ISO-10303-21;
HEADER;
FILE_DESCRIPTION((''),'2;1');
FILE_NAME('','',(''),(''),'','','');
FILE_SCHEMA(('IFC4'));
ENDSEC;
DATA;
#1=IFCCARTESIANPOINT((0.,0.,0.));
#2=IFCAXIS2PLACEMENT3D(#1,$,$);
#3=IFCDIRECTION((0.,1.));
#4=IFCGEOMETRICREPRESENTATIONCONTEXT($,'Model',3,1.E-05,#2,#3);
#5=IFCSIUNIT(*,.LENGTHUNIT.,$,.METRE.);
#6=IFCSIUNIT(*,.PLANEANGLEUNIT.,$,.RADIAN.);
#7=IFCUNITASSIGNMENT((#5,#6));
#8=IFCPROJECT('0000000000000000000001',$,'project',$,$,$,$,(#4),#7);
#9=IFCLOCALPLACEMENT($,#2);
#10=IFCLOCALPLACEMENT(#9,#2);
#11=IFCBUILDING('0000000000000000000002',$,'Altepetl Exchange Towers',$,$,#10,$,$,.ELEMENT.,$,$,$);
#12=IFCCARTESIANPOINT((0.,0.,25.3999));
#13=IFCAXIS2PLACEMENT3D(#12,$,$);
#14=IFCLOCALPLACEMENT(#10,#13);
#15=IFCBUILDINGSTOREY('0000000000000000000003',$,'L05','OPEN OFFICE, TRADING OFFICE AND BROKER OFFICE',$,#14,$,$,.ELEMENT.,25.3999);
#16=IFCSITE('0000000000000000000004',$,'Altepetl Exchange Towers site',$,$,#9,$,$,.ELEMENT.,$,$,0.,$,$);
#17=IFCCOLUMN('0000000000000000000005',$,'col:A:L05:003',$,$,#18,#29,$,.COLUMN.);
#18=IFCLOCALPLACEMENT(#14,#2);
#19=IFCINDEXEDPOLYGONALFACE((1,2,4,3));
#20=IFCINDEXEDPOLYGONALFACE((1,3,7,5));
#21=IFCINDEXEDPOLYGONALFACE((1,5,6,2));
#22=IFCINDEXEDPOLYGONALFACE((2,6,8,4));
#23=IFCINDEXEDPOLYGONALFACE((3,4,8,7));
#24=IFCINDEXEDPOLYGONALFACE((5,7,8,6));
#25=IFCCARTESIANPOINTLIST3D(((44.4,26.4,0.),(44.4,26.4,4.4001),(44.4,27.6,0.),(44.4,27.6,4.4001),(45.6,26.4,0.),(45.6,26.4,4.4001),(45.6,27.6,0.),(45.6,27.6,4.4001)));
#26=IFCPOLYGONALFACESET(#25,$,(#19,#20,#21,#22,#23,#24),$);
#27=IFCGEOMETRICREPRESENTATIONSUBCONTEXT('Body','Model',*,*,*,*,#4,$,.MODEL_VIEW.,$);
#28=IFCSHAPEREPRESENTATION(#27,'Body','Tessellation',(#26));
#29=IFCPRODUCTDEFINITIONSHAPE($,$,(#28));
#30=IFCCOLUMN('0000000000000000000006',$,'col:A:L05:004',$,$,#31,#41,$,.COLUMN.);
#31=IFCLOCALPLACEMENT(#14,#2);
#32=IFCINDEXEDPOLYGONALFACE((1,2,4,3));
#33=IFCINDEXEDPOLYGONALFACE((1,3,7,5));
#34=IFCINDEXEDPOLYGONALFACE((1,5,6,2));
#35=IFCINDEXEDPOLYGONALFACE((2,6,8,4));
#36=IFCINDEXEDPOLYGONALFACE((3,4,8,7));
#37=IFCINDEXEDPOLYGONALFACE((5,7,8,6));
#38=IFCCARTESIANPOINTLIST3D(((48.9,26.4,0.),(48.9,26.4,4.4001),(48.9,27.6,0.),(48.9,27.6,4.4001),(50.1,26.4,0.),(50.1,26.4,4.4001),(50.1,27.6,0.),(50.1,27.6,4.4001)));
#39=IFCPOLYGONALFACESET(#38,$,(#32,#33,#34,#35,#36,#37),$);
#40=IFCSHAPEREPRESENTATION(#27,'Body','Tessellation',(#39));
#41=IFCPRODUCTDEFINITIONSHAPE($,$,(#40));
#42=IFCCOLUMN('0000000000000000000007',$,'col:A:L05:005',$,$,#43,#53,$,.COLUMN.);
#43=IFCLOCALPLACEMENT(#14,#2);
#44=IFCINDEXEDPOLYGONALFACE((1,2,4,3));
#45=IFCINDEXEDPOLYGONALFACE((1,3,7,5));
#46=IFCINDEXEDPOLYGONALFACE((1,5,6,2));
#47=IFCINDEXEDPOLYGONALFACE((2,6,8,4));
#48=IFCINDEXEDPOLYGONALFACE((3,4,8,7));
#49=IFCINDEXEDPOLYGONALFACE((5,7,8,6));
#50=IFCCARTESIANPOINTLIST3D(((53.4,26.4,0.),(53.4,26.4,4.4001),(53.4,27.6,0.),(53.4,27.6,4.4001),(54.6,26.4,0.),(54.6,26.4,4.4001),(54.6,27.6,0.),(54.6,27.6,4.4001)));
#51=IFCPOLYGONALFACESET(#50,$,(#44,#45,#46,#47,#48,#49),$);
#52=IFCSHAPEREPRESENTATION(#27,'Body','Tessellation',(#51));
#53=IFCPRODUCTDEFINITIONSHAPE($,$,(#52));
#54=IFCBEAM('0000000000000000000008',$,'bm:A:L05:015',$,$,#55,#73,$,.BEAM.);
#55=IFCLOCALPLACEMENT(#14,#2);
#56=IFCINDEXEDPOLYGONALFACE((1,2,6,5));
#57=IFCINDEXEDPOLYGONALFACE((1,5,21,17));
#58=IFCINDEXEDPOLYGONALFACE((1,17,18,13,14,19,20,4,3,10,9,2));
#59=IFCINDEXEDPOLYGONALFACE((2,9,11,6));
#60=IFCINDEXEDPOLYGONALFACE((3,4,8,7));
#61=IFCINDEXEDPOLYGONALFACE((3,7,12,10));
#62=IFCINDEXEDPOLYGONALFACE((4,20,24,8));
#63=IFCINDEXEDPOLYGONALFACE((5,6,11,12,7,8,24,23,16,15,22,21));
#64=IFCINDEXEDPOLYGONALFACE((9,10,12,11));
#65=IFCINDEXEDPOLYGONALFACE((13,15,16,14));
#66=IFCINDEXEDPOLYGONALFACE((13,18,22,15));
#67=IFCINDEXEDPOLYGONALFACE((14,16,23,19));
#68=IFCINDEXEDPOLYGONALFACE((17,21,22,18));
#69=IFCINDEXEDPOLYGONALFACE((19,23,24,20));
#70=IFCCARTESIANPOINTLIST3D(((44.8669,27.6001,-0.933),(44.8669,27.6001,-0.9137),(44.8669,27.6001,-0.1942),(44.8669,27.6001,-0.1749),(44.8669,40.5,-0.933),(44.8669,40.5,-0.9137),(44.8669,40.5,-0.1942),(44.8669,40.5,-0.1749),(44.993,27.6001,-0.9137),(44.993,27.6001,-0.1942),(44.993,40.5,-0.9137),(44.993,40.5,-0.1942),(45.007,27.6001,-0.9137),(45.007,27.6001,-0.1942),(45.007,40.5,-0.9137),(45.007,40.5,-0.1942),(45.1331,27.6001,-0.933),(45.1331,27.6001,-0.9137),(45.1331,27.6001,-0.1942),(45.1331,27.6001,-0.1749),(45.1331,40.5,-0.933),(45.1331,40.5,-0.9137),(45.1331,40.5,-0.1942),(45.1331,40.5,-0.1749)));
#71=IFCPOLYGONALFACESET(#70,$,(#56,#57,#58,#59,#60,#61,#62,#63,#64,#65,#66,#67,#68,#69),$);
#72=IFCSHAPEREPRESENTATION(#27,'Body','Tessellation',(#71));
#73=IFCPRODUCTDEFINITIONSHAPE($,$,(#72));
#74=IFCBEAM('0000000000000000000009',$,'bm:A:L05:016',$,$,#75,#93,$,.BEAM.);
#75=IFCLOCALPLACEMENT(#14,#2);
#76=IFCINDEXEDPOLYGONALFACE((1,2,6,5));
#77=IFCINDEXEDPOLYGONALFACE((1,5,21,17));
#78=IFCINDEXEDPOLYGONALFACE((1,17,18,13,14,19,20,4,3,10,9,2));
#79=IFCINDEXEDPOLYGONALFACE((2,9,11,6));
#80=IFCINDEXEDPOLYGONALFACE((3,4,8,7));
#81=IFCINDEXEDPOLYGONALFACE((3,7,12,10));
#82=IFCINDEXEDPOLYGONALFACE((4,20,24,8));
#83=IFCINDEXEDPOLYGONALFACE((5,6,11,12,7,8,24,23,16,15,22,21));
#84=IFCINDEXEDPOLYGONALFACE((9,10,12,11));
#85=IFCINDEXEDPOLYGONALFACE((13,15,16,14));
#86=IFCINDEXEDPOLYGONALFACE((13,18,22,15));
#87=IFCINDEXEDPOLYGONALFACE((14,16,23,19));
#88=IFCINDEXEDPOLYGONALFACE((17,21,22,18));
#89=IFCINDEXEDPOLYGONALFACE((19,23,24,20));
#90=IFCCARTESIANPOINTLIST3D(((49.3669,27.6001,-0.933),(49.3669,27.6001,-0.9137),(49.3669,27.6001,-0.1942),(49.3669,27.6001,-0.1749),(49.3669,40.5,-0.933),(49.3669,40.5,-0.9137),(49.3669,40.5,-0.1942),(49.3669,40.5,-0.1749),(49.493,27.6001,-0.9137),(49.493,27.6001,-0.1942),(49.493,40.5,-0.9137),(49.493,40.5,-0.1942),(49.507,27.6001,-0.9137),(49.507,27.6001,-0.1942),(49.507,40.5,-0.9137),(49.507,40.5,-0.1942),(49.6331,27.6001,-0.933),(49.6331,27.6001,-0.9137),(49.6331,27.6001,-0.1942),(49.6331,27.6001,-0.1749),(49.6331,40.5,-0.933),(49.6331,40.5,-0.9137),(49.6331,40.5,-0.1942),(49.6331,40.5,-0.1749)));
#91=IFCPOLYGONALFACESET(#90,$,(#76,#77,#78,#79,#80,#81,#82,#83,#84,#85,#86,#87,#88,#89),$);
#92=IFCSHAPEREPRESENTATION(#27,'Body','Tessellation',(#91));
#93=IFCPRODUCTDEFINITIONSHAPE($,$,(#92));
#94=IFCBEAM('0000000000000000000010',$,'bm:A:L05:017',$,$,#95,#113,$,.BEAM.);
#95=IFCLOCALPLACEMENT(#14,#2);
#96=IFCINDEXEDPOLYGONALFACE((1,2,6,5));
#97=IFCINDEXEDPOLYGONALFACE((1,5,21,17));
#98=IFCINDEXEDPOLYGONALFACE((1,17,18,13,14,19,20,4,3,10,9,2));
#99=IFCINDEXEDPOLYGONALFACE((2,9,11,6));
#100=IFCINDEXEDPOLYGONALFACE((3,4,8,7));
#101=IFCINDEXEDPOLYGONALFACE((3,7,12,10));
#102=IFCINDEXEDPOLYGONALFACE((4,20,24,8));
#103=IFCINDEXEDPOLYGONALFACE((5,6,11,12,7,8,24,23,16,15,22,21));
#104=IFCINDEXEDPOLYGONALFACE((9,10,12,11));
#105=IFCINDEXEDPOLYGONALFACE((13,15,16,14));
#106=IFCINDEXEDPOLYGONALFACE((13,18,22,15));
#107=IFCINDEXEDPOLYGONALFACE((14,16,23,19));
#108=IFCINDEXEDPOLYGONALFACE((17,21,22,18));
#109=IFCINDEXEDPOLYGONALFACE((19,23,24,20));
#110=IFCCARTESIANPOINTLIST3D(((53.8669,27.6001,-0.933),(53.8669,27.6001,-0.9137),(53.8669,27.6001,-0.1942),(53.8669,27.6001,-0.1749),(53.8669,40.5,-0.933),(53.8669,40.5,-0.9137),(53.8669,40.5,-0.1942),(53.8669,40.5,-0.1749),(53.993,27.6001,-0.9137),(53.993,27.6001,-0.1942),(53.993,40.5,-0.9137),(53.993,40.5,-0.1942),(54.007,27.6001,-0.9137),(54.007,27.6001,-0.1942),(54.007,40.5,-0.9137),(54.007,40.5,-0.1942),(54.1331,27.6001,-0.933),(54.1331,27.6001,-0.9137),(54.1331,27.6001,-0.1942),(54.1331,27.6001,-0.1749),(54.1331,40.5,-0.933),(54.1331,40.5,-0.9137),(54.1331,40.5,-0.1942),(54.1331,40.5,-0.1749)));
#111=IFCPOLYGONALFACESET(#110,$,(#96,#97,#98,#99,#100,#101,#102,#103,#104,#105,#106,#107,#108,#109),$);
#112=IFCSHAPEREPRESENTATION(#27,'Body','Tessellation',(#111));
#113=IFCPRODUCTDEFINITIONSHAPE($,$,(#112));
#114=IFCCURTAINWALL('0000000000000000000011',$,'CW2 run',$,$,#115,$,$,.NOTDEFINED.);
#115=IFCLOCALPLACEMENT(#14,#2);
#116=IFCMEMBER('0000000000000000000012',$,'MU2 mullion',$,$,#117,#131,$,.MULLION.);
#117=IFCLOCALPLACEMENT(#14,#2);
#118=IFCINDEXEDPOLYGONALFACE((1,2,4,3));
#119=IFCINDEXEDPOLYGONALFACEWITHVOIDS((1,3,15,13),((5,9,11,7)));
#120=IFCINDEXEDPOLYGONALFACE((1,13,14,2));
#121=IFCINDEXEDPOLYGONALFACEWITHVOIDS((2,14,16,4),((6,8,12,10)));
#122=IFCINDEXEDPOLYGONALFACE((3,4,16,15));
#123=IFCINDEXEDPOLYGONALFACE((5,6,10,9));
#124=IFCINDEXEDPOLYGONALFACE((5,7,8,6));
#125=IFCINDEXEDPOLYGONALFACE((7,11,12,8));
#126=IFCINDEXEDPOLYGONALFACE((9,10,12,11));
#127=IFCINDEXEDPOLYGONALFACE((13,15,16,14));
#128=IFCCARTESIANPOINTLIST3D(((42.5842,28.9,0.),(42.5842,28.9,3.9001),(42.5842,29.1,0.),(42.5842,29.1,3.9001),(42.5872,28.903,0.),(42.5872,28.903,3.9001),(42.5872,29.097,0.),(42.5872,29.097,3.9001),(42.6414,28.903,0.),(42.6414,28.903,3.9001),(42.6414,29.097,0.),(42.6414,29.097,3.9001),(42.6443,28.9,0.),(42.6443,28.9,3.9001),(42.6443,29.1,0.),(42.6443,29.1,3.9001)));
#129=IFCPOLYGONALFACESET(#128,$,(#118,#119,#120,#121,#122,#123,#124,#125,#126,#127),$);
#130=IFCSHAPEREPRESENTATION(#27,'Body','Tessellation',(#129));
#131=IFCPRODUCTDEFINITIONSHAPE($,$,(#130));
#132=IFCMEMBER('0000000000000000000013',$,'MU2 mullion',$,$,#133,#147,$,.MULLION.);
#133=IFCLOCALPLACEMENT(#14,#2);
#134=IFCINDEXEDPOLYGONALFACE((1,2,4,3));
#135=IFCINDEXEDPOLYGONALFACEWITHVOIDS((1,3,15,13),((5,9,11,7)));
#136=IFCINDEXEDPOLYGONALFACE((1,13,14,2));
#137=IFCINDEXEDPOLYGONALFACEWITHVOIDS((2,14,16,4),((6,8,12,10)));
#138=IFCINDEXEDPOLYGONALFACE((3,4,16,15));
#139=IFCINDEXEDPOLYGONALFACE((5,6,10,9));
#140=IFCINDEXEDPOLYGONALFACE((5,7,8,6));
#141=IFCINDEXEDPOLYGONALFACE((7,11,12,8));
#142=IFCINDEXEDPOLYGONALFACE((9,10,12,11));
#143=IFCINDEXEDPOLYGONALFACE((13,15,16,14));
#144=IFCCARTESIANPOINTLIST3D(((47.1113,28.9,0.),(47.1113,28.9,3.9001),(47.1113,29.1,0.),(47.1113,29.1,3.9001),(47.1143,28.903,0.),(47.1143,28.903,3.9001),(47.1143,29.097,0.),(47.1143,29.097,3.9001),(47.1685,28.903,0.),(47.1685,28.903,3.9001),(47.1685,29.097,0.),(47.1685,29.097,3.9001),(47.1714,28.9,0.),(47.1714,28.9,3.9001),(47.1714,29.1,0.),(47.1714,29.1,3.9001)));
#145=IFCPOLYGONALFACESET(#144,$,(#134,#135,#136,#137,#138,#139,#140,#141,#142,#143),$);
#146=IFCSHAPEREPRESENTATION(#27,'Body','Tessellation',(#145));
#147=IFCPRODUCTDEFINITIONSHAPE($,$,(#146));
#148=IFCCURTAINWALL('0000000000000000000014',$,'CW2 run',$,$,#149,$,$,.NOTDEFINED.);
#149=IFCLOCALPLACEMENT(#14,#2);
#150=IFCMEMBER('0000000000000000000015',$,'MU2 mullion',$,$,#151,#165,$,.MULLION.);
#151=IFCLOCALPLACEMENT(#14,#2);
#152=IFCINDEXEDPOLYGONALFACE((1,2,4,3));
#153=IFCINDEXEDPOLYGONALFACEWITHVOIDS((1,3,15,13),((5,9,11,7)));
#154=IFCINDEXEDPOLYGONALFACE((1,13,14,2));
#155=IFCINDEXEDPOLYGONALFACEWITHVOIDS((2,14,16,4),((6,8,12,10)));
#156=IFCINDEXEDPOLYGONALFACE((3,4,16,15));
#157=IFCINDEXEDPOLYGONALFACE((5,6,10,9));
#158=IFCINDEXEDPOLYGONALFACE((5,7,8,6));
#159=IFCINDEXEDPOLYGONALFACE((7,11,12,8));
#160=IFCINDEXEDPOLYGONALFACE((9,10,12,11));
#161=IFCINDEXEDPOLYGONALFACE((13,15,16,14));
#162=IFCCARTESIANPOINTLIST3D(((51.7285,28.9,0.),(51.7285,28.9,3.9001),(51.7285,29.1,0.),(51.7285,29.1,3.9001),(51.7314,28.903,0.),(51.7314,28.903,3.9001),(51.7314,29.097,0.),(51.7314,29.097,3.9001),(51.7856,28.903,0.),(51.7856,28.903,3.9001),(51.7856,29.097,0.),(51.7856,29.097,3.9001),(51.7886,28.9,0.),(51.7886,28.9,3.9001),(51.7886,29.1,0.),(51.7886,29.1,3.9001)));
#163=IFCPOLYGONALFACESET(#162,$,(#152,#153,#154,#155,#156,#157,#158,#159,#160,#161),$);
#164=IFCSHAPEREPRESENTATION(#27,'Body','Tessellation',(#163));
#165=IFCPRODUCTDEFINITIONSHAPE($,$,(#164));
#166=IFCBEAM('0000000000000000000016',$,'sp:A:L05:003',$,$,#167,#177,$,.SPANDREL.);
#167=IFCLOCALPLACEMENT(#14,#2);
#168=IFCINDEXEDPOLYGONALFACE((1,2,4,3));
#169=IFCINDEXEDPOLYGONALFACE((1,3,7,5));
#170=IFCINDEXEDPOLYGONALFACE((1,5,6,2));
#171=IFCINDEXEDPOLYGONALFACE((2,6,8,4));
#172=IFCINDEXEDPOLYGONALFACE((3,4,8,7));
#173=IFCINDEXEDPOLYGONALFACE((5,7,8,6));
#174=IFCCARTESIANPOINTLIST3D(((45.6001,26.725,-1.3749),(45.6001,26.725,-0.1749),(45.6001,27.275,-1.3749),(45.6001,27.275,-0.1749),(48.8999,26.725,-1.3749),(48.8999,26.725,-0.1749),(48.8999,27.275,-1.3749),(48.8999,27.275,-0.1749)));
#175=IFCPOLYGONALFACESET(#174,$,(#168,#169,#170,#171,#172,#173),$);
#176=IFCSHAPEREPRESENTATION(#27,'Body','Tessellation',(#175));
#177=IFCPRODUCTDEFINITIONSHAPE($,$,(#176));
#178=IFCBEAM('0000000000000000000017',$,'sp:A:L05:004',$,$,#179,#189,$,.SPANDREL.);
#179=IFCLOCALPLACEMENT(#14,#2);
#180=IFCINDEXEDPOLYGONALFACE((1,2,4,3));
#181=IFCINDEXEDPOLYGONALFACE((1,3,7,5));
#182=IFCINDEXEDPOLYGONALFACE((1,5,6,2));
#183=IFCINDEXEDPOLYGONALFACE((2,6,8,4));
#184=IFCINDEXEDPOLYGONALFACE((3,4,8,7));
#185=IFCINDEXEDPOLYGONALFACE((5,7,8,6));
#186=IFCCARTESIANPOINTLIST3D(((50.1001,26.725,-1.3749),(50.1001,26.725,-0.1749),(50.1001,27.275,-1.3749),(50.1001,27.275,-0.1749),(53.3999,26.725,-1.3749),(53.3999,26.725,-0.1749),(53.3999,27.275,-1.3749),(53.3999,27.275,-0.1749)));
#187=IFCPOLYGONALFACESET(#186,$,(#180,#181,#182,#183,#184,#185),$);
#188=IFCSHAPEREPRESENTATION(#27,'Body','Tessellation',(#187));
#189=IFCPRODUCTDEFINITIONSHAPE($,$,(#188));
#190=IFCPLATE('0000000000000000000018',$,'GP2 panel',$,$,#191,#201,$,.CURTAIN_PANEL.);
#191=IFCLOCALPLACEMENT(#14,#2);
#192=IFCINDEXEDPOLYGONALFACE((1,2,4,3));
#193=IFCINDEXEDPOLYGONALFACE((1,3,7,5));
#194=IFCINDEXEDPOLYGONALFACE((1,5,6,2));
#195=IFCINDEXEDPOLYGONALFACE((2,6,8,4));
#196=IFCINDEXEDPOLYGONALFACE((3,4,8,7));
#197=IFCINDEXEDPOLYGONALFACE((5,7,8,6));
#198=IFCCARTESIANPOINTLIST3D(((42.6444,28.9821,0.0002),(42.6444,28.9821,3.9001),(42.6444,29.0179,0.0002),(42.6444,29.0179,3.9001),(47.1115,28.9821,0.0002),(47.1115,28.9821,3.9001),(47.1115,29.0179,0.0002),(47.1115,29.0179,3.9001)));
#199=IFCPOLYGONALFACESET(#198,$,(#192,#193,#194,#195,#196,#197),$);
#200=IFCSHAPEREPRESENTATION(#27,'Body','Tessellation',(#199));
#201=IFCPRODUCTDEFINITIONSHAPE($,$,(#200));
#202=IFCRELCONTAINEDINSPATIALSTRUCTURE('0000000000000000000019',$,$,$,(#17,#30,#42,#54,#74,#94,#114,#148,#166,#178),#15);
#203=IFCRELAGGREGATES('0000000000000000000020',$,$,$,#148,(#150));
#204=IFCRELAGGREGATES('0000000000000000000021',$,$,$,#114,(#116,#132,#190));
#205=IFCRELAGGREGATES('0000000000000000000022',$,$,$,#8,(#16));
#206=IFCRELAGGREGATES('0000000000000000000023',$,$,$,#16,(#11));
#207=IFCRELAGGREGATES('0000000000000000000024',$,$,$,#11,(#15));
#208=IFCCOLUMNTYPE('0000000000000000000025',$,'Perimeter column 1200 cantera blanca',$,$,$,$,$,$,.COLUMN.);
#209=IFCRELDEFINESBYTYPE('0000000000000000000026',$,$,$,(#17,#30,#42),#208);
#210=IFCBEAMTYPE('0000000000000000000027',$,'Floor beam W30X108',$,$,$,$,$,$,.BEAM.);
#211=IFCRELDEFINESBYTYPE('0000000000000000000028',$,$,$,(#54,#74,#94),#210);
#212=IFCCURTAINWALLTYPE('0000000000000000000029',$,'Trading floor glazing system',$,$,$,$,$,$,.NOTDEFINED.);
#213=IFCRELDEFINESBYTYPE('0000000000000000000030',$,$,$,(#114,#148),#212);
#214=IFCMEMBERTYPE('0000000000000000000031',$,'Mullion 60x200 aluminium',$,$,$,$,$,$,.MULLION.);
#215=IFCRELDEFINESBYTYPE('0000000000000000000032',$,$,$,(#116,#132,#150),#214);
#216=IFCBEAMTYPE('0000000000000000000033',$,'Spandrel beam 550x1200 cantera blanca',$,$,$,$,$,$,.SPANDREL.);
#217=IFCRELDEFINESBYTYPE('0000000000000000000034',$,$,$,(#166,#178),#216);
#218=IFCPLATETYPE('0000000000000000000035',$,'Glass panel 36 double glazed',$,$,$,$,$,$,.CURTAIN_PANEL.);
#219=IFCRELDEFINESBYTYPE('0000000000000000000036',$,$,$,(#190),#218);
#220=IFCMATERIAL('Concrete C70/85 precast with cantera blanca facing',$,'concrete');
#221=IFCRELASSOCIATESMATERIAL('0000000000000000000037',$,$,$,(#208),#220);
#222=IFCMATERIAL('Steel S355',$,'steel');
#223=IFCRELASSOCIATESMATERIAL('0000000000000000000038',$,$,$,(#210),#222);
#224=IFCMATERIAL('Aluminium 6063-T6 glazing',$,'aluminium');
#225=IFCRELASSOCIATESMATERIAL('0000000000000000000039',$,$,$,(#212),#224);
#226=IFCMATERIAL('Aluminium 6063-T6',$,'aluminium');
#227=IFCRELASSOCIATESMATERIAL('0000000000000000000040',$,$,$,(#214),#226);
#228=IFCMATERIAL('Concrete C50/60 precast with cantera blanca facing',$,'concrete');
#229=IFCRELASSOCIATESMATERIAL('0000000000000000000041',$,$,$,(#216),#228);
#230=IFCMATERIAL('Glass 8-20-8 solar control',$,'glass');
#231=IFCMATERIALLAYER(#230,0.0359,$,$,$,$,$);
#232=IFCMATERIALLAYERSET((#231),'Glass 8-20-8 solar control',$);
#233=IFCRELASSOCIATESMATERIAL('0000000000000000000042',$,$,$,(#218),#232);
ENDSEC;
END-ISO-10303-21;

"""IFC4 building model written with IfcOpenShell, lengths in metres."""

from ifc_helpers import new_model, si_unit, direction, frame, origin, origin_2d, place, context, subcontext, project, spatial, rectangle, hollow_rectangle, i_section, extrude, material, layer, layer_set, material_profile, profile_set, type_object, element, aggregate, save


model = new_model("IFC4")

# Units and contexts
model_context = context("Model", 3, precision=1e-05, world=origin(), true_north=direction((0.0, 1.0)))
body_context = subcontext(model_context, "Body", "Model", "MODEL_VIEW")
ifc_project = project(units=[si_unit("LENGTHUNIT", "METRE"), si_unit("PLANEANGLEUNIT", "RADIAN")], contexts=[model_context])

# Site, building, storey
site_placement = place(None, origin())
site = spatial("IfcSite", under=ifc_project, at=site_placement, Name="Altepetl Exchange Towers site", CompositionType="ELEMENT", RefElevation=0.0)
building_placement = place(site_placement, origin())
building = spatial("IfcBuilding", under=site, at=building_placement, Name="Altepetl Exchange Towers", CompositionType="ELEMENT")
storey_placement = place(building_placement, frame((0.0, 0.0, 25.3999)))
storey = spatial("IfcBuildingStorey", under=building, at=storey_placement, Name="L05", Description="OPEN OFFICE, TRADING OFFICE AND BROKER OFFICE", CompositionType="ELEMENT", Elevation=25.3999)

# Columns
ifc_material_1 = material(Name="Concrete C70/85 precast with cantera blanca facing", Category="concrete")
ifc_material_profile_1 = material_profile(ifc_material_1, rectangle(XDim=1.2, YDim=1.2, at=origin_2d()), Name="1200 x 1200")
ifc_profile_set_1 = profile_set([ifc_material_profile_1], Name="Concrete C70/85 precast with cantera blanca facing")
column_type = type_object("IfcColumnType", Name="Perimeter column 1200 cantera blanca", PredefinedType="COLUMN", material=ifc_profile_set_1)
for number, where, name in (
    (1, (45.0, 27.0, 0.0), "col:A:L05:003"),
    (2, (49.5, 27.0, 0.0), "col:A:L05:004"),
    (3, (54.0, 27.0, 0.0), "col:A:L05:005"),
):
    element("IfcColumn", number, at=place(storey_placement, frame(where)), inside=storey, type_object=column_type, Name=name, PredefinedType="COLUMN", context=body_context, shape_type="SweptSolid", body=[
        extrude(rectangle(XDim=1.2, YDim=1.2, at=origin_2d()), origin(), (0.0, 0.0, 1.0), 4.4001),
    ])

# Beams
ifc_material_2 = material(Name="Steel S355", Category="steel")
ifc_material_profile_2 = material_profile(ifc_material_2, i_section(OverallWidth=0.2661, OverallDepth=0.7581, WebThickness=0.0139, FlangeThickness=0.0193, at=origin_2d()), Name="W30X108")
ifc_profile_set_2 = profile_set([ifc_material_profile_2], Name="Steel S355")
beam_type_1 = type_object("IfcBeamType", Name="Floor beam W30X108", PredefinedType="BEAM", material=ifc_profile_set_2)
for number, where, z_axis, x_axis, name in (
    (4, (45.0, 27.6001, -0.554), (0.0, 1.0, 0.0), (-1.0, 0.0, 0.0), "bm:A:L05:015"),
    (5, (49.5, 27.6001, -0.554), (0.0, 1.0, 0.0), (-1.0, 0.0, 0.0), "bm:A:L05:016"),
    (6, (54.0, 27.6001, -0.554), (0.0, 1.0, 0.0), (-1.0, 0.0, 0.0), "bm:A:L05:017"),
):
    element("IfcBeam", number, at=place(storey_placement, frame(where, z_axis=z_axis, x_axis=x_axis)), inside=storey, type_object=beam_type_1, Name=name, PredefinedType="BEAM", context=body_context, shape_type="SweptSolid", body=[
        extrude(i_section(OverallWidth=0.2661, OverallDepth=0.7581, WebThickness=0.0139, FlangeThickness=0.0193, at=origin_2d()), origin(), (0.0, 0.0, 1.0), 12.8999),
    ])

# Curtain wall, members
ifc_material_3 = material(Name="Aluminium 6063-T6 glazing", Category="aluminium")
curtain_wall_type = type_object("IfcCurtainWallType", Name="Trading floor glazing system", PredefinedType="NOTDEFINED", material=ifc_material_3)
curtain_wall_1_placement = place(storey_placement, origin())
curtain_wall_1 = element("IfcCurtainWall", 7, at=curtain_wall_1_placement, inside=storey, type_object=curtain_wall_type, Name="CW2 run", PredefinedType="NOTDEFINED")
ifc_material_4 = material(Name="Aluminium 6063-T6", Category="aluminium")
ifc_material_profile_3 = material_profile(ifc_material_4, hollow_rectangle(XDim=0.0601, YDim=0.2, WallThickness=0.0029, at=origin_2d()), Name="Mullion 60x200 aluminium")
ifc_profile_set_3 = profile_set([ifc_material_profile_3], Name="Aluminium 6063-T6")
member_type = type_object("IfcMemberType", Name="Mullion 60x200 aluminium", PredefinedType="MULLION", material=ifc_profile_set_3)
member_1_placement = place(storey_placement, frame((42.6143, 29.0, 0.0)))
member_1 = element("IfcMember", 8, at=member_1_placement, type_object=member_type, Name="MU2 mullion", PredefinedType="MULLION", context=body_context, shape_type="SweptSolid", body=[
    extrude(hollow_rectangle(XDim=0.0601, YDim=0.2, WallThickness=0.0029, at=origin_2d()), origin(), (0.0, 0.0, 1.0), 3.9001),
])
member_2_placement = place(storey_placement, frame((47.1414, 29.0, 0.0)))
member_2 = element("IfcMember", 9, at=member_2_placement, type_object=member_type, Name="MU2 mullion", PredefinedType="MULLION", context=body_context, shape_type="SweptSolid", body=[
    extrude(hollow_rectangle(XDim=0.0601, YDim=0.2, WallThickness=0.0029, at=origin_2d()), origin(), (0.0, 0.0, 1.0), 3.9001),
])

# Curtain wall, member
curtain_wall_2_placement = place(storey_placement, origin())
curtain_wall_2 = element("IfcCurtainWall", 10, at=curtain_wall_2_placement, inside=storey, type_object=curtain_wall_type, Name="CW2 run", PredefinedType="NOTDEFINED")
member_3_placement = place(storey_placement, frame((51.7585, 29.0, 0.0)))
member_3 = element("IfcMember", 11, at=member_3_placement, type_object=member_type, Name="MU2 mullion", PredefinedType="MULLION", context=body_context, shape_type="SweptSolid", body=[
    extrude(hollow_rectangle(XDim=0.0601, YDim=0.2, WallThickness=0.0029, at=origin_2d()), origin(), (0.0, 0.0, 1.0), 3.9001),
])
aggregate(curtain_wall_2, [member_3])

# Beams
ifc_material_5 = material(Name="Concrete C50/60 precast with cantera blanca facing", Category="concrete")
ifc_material_profile_4 = material_profile(ifc_material_5, rectangle(XDim=0.55, YDim=1.2, at=origin_2d()), Name="550 x 1200")
ifc_profile_set_4 = profile_set([ifc_material_profile_4], Name="Concrete C50/60 precast with cantera blanca facing")
beam_type_2 = type_object("IfcBeamType", Name="Spandrel beam 550x1200 cantera blanca", PredefinedType="SPANDREL", material=ifc_profile_set_4)
for number, where, z_axis, x_axis, name in (
    (12, (45.6001, 27.0, -0.7749), (1.0, 0.0, 0.0), (0.0, 1.0, 0.0), "sp:A:L05:003"),
    (13, (50.1001, 27.0, -0.7749), (1.0, 0.0, 0.0), (0.0, 1.0, 0.0), "sp:A:L05:004"),
):
    element("IfcBeam", number, at=place(storey_placement, frame(where, z_axis=z_axis, x_axis=x_axis)), inside=storey, type_object=beam_type_2, Name=name, PredefinedType="SPANDREL", context=body_context, shape_type="SweptSolid", body=[
        extrude(rectangle(XDim=0.55, YDim=1.2, at=origin_2d()), origin(), (0.0, 0.0, 1.0), 3.2998),
    ])

# Plate
ifc_material_6 = material(Name="Glass 8-20-8 solar control", Category="glass")
ifc_layer_1 = layer(ifc_material_6, 0.0359)
ifc_layer_set_1 = layer_set([ifc_layer_1], Name="Glass 8-20-8 solar control")
plate_type = type_object("IfcPlateType", Name="Glass panel 36 double glazed", PredefinedType="CURTAIN_PANEL", material=ifc_layer_set_1)
plate_placement = place(storey_placement, frame((44.8779, 29.0, 0.0002)))
plate = element("IfcPlate", 14, at=plate_placement, type_object=plate_type, Name="GP2 panel", PredefinedType="CURTAIN_PANEL", context=body_context, shape_type="SweptSolid", body=[
    extrude(rectangle(XDim=4.467, YDim=0.0359, at=origin_2d()), origin(), (0.0, 0.0, 1.0), 3.8999),
])
aggregate(curtain_wall_1, [member_1, member_2, plate])

save(model, "model.ifc")
